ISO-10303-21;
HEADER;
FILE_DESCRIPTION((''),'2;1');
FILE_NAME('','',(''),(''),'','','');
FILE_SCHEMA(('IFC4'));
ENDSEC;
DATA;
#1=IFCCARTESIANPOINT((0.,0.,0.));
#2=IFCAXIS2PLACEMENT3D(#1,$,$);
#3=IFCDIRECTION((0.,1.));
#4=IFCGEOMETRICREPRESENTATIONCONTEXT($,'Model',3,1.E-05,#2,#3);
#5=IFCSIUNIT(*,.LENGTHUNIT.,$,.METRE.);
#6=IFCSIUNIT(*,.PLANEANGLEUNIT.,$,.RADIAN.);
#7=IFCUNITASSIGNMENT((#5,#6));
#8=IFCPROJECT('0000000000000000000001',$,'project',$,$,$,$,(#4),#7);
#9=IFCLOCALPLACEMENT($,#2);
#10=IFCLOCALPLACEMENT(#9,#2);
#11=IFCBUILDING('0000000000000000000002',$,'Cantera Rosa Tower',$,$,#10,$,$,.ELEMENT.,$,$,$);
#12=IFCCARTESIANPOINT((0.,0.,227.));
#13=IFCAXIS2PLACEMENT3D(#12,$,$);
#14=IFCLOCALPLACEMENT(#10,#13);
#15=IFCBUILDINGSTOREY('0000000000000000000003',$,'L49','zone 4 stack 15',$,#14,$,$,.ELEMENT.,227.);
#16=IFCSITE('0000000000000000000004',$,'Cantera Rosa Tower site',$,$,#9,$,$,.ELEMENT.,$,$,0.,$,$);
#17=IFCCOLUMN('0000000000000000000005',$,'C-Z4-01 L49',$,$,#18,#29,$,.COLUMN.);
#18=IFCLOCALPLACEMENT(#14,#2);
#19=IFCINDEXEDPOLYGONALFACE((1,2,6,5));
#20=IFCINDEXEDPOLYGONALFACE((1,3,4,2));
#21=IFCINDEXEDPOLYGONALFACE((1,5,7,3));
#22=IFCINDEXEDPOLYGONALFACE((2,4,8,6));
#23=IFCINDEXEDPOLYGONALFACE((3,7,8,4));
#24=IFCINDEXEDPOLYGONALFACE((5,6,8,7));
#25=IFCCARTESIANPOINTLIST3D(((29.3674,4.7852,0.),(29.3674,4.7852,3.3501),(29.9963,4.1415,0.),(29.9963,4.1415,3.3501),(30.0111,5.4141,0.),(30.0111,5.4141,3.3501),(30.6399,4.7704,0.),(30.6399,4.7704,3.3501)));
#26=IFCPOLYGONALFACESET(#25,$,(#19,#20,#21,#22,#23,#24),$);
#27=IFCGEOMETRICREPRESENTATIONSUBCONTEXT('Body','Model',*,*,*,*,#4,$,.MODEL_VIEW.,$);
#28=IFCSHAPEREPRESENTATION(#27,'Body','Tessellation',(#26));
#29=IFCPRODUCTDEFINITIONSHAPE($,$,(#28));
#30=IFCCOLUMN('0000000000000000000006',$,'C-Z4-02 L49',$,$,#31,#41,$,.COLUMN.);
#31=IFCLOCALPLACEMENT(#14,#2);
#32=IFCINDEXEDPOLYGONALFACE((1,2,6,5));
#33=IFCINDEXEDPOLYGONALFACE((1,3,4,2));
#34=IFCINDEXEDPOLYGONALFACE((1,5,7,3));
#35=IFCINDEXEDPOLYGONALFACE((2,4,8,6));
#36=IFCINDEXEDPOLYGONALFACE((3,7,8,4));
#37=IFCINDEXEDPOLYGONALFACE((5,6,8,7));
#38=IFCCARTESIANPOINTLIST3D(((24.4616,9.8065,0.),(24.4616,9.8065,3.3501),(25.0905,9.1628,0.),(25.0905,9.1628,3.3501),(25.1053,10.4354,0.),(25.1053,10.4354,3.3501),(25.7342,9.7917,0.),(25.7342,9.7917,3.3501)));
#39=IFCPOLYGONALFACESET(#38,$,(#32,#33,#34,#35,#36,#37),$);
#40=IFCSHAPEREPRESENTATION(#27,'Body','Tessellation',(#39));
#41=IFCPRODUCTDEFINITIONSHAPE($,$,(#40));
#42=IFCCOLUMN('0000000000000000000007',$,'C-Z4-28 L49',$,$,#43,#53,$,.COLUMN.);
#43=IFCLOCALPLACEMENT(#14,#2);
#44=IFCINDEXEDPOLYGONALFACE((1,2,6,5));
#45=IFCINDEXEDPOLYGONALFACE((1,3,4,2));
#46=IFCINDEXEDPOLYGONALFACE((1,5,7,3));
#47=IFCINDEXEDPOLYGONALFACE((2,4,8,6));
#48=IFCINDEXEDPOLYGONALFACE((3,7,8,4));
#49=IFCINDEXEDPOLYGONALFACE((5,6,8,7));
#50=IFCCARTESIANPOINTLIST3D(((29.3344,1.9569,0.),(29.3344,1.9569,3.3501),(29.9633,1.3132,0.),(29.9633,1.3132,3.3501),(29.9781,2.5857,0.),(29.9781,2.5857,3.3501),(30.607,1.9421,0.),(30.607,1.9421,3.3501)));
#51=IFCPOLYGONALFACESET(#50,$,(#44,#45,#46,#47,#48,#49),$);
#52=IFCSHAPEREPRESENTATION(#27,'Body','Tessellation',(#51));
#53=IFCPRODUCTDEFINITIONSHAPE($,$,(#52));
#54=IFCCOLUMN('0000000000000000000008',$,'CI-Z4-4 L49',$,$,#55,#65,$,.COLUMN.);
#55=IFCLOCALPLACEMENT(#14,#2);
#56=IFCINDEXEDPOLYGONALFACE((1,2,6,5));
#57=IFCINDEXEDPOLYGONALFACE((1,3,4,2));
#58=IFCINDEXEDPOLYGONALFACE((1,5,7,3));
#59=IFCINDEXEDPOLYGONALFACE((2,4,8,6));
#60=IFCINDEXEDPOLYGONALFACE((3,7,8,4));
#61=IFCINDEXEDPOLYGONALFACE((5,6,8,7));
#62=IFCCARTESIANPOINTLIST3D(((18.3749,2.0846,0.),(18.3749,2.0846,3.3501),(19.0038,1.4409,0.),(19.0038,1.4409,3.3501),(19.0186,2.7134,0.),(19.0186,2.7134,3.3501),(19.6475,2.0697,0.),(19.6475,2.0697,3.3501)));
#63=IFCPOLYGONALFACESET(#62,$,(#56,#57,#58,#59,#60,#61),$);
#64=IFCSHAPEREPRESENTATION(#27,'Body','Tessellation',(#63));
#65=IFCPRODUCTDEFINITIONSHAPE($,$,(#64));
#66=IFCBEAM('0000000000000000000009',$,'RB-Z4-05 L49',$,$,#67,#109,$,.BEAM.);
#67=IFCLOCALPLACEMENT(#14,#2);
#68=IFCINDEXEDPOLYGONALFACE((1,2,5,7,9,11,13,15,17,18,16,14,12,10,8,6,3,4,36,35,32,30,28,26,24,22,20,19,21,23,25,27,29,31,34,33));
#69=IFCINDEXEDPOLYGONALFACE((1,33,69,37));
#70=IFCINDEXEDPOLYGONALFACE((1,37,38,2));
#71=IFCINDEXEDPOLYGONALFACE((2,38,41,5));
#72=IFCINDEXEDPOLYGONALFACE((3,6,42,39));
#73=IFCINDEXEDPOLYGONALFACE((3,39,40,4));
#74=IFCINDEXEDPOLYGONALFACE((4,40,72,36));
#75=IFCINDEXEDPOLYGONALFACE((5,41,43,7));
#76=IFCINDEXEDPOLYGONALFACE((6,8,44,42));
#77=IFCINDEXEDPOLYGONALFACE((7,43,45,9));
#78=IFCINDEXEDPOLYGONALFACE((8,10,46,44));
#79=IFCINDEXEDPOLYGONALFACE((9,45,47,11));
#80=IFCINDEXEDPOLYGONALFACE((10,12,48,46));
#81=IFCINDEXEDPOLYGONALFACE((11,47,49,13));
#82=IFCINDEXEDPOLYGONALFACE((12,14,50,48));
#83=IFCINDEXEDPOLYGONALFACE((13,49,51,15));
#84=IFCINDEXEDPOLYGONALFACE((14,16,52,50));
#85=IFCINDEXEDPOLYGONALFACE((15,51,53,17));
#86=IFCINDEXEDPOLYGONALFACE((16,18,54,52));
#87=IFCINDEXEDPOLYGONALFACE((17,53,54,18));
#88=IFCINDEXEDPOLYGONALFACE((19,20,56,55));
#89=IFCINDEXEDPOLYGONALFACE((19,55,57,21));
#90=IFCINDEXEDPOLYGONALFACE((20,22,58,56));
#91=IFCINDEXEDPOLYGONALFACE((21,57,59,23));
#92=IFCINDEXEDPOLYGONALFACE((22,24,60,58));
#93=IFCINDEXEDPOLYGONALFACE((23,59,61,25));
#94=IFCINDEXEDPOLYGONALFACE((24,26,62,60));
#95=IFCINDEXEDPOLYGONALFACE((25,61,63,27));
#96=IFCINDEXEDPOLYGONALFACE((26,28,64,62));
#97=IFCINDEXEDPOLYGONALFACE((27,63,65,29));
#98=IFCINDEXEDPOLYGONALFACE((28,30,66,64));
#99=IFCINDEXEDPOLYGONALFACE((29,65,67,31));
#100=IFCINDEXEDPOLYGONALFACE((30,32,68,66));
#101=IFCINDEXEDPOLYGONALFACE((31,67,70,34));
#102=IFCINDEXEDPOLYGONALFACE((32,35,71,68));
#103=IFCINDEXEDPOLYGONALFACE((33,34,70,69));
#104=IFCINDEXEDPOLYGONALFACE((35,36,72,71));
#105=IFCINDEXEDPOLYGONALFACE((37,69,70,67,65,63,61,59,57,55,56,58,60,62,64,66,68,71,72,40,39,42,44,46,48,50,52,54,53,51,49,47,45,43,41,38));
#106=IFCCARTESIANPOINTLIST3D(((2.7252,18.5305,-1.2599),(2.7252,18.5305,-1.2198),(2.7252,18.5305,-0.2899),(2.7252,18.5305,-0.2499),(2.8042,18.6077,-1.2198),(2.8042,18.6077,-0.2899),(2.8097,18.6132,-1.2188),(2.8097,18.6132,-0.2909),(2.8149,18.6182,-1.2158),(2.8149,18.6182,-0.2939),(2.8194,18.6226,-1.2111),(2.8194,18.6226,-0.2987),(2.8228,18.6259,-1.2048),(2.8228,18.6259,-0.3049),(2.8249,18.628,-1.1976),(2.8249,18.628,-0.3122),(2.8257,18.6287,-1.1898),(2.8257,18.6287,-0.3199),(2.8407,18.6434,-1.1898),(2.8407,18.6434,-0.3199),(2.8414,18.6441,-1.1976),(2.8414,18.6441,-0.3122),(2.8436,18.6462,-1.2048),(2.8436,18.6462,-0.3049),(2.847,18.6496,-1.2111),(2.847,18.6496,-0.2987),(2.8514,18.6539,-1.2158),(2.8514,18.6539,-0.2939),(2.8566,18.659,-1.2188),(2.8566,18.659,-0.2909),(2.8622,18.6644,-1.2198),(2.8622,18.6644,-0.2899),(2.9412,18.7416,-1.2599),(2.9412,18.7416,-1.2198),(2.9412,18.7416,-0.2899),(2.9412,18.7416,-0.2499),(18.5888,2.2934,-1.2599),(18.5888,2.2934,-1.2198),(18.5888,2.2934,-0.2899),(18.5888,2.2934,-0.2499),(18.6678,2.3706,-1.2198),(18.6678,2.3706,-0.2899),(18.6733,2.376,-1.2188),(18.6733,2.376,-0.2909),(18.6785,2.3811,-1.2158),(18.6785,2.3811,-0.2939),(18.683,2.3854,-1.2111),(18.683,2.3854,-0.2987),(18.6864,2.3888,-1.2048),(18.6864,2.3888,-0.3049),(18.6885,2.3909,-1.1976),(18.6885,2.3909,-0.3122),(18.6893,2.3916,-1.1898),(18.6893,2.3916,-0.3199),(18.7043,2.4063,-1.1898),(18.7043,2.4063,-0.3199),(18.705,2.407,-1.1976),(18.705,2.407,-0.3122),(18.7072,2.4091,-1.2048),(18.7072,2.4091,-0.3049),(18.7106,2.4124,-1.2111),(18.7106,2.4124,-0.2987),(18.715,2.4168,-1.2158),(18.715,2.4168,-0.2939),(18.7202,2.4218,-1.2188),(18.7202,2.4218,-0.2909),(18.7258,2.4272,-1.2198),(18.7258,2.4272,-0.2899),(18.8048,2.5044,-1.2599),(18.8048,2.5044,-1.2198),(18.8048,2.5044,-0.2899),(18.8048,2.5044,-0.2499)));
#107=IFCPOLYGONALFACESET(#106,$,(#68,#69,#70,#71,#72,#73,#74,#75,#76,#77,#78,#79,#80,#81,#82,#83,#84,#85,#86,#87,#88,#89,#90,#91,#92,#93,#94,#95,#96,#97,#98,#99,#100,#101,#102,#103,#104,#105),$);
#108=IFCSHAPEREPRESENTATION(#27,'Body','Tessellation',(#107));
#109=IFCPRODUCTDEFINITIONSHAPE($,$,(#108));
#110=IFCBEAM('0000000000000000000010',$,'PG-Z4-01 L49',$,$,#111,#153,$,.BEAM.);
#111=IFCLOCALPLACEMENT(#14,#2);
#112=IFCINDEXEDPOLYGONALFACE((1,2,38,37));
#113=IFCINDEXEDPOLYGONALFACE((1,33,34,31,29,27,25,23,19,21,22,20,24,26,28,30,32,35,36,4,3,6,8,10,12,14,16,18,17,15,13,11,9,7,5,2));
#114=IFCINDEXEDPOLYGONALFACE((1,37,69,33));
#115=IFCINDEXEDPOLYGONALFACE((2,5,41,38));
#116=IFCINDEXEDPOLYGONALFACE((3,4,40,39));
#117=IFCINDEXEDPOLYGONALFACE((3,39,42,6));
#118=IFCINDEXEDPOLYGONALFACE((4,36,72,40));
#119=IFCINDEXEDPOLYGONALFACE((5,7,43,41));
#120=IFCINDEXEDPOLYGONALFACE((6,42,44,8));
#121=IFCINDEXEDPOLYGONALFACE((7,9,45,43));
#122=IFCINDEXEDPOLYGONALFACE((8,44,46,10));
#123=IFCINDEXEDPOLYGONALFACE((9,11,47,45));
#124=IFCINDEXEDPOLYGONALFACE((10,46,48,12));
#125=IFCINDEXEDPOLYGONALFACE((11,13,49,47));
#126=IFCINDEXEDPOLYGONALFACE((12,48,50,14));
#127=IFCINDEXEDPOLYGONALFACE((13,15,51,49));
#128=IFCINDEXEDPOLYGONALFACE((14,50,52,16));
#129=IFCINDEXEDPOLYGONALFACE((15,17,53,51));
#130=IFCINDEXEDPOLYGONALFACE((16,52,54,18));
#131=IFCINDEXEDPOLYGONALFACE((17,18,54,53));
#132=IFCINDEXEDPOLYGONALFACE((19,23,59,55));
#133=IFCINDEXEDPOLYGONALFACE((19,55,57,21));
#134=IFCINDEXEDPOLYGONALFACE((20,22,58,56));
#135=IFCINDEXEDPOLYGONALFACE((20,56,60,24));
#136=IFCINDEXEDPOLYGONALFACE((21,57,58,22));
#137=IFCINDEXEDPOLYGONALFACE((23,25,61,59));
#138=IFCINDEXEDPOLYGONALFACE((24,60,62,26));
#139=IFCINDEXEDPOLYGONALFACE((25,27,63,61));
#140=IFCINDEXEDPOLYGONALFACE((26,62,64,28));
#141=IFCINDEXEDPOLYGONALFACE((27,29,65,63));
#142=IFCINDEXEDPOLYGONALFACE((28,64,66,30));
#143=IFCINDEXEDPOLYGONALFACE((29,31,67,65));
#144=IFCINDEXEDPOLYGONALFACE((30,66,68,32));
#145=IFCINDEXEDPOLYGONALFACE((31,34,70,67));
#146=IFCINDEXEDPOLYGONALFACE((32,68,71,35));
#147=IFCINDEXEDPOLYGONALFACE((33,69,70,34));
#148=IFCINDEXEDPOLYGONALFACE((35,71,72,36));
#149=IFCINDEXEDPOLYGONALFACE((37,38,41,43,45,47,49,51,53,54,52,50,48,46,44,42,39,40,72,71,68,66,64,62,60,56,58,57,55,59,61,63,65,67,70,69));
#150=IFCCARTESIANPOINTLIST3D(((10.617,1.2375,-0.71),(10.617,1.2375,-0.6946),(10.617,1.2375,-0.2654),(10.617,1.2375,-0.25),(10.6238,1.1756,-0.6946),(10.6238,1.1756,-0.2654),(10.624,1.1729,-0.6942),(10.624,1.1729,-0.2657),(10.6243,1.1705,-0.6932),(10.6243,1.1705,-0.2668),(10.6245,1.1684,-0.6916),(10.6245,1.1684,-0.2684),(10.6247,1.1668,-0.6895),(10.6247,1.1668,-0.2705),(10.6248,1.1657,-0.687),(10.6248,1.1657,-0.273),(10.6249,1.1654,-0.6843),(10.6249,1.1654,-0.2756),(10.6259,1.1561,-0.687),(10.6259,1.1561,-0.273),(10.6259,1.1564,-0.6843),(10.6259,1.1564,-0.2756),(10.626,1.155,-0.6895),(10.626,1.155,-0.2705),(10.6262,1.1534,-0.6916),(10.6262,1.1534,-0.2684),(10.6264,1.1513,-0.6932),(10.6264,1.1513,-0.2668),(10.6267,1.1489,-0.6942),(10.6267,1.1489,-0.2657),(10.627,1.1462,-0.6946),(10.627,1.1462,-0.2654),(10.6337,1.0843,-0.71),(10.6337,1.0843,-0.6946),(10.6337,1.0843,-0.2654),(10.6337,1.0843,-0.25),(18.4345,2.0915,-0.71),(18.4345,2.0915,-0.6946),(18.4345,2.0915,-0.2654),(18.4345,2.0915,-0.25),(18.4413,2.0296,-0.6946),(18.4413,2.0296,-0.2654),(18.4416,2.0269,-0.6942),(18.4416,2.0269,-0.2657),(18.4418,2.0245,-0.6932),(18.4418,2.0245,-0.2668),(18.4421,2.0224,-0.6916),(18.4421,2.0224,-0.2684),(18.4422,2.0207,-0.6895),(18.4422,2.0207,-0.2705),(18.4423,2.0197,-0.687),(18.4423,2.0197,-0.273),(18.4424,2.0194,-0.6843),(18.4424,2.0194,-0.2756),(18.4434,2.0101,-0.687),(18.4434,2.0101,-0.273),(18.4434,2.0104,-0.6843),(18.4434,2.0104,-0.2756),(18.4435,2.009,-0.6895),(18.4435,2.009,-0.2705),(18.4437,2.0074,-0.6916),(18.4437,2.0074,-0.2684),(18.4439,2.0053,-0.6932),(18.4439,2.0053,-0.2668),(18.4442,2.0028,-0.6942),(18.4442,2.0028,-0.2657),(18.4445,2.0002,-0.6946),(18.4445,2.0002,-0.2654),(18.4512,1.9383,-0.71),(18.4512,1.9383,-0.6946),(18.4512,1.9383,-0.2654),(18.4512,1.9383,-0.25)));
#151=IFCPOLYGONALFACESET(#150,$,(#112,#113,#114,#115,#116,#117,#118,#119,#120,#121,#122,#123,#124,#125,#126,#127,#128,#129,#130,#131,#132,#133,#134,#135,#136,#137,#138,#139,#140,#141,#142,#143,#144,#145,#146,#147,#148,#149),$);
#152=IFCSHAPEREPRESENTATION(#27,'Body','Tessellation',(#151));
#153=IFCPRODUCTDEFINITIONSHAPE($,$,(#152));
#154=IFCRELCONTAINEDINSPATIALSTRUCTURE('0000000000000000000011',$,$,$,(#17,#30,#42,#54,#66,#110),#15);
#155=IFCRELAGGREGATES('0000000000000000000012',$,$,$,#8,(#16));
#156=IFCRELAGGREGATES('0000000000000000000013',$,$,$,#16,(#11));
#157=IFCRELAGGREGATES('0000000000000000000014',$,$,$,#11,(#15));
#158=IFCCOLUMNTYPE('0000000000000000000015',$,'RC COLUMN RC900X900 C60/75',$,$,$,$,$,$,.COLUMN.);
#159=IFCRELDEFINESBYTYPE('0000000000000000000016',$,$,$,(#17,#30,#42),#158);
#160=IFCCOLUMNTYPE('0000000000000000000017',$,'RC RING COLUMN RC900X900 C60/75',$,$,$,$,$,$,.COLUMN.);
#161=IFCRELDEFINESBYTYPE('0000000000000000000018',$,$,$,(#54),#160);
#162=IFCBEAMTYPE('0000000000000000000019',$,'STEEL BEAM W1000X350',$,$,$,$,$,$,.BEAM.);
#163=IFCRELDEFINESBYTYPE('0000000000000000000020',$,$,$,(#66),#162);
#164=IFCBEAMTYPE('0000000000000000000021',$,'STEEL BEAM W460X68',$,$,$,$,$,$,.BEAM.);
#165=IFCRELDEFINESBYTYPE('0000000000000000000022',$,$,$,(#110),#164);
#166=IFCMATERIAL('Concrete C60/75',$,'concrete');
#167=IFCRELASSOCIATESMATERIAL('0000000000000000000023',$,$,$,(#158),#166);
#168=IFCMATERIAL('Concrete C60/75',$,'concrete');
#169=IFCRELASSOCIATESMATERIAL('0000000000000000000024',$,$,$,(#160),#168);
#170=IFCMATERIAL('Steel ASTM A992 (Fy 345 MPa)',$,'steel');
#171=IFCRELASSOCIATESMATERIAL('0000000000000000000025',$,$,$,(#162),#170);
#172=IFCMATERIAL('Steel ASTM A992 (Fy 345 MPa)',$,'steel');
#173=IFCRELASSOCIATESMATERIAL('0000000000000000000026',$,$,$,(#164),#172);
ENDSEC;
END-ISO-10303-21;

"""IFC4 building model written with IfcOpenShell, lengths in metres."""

from ifc_helpers import new_model, si_unit, direction, frame, origin, origin_2d, place, context, subcontext, project, spatial, rectangle, i_section, extrude, material, material_profile, profile_set, type_object, element, save


model = new_model("IFC4")

# Units and contexts
model_context = context("Model", 3, precision=1e-05, world=origin(), true_north=direction((0.0, 1.0)))
body_context = subcontext(model_context, "Body", "Model", "MODEL_VIEW")
ifc_project = project(units=[si_unit("LENGTHUNIT", "METRE"), si_unit("PLANEANGLEUNIT", "RADIAN")], contexts=[model_context])

# Site, building, storey
site_placement = place(None, origin())
site = spatial("IfcSite", under=ifc_project, at=site_placement, Name="Cantera Rosa Tower site", CompositionType="ELEMENT", RefElevation=0.0)
building_placement = place(site_placement, origin())
building = spatial("IfcBuilding", under=site, at=building_placement, Name="Cantera Rosa Tower", CompositionType="ELEMENT")
storey_placement = place(building_placement, frame((0.0, 0.0, 227.0)))
storey = spatial("IfcBuildingStorey", under=building, at=storey_placement, Name="L49", Description="zone 4 stack 15", CompositionType="ELEMENT", Elevation=227.0)

# Columns
ifc_material_1 = material(Name="Concrete C60/75", Category="concrete")
ifc_material_profile_1 = material_profile(ifc_material_1, rectangle(XDim=0.8999, YDim=0.8999, at=origin_2d()), Name="RC COLUMN RC900X900 C60/75")
ifc_profile_set_1 = profile_set([ifc_material_profile_1], Name="Concrete C60/75")
column_type_1 = type_object("IfcColumnType", Name="RC COLUMN RC900X900 C60/75", PredefinedType="COLUMN", material=ifc_profile_set_1)
for number, where, z_axis, x_axis, name in (
    (1, (30.0037, 4.7778, 0.0), (0.0, 0.0, 1.0), (0.715286, 0.698832, 0.0), "C-Z4-01 L49"),
    (2, (25.0979, 9.7991, 0.0), (0.0, 0.0, 1.0), (0.715286, 0.698832, 0.0), "C-Z4-02 L49"),
    (3, (29.9707, 1.9495, 0.0), (0.0, 0.0, 1.0), (0.715286, 0.698832, 0.0), "C-Z4-28 L49"),
):
    element("IfcColumn", number, at=place(storey_placement, frame(where, z_axis=z_axis, x_axis=x_axis)), inside=storey, type_object=column_type_1, Name=name, PredefinedType="COLUMN", context=body_context, shape_type="SweptSolid", body=[
        extrude(rectangle(XDim=0.8999, YDim=0.8999, at=origin_2d()), origin(), (0.0, 0.0, 1.0), 3.3501),
    ])
ifc_material_2 = material(Name="Concrete C60/75", Category="concrete")
ifc_material_profile_2 = material_profile(ifc_material_2, rectangle(XDim=0.8999, YDim=0.8999, at=origin_2d()), Name="RC RING COLUMN RC900X900 C60/75")
ifc_profile_set_2 = profile_set([ifc_material_profile_2], Name="Concrete C60/75")
column_type_2 = type_object("IfcColumnType", Name="RC RING COLUMN RC900X900 C60/75", PredefinedType="COLUMN", material=ifc_profile_set_2)
column_placement = place(storey_placement, frame((19.0112, 2.0771, 0.0), z_axis=(0.0, 0.0, 1.0), x_axis=(0.715286, 0.698832, 0.0)))
element("IfcColumn", 4, at=column_placement, inside=storey, type_object=column_type_2, Name="CI-Z4-4 L49", PredefinedType="COLUMN", context=body_context, shape_type="SweptSolid", body=[
    extrude(rectangle(XDim=0.8999, YDim=0.8999, at=origin_2d()), origin(), (0.0, 0.0, 1.0), 3.3501),
])

# Beams
ifc_material_3 = material(Name="Steel ASTM A992 (Fy 345 MPa)", Category="steel")
ifc_material_profile_3 = material_profile(ifc_material_3, i_section(OverallWidth=0.302, OverallDepth=1.01, WebThickness=0.021, FlangeThickness=0.04, FilletRadius=0.03, at=origin_2d()), Name="W1000X350")
ifc_profile_set_3 = profile_set([ifc_material_profile_3], Name="Steel ASTM A992 (Fy 345 MPa)")
beam_type_1 = type_object("IfcBeamType", Name="STEEL BEAM W1000X350", PredefinedType="BEAM", material=ifc_profile_set_3)
beam_1_placement = place(storey_placement, frame((18.6968, 2.3989, -0.7549), z_axis=(-0.698831, 0.715287, 0.0), x_axis=(-0.715287, -0.698831, 0.0)))
element("IfcBeam", 5, at=beam_1_placement, inside=storey, type_object=beam_type_1, Name="RB-Z4-05 L49", PredefinedType="BEAM", context=body_context, shape_type="SweptSolid", body=[
    extrude(i_section(OverallWidth=0.302, OverallDepth=1.01, WebThickness=0.021, FlangeThickness=0.04, FilletRadius=0.03, at=origin_2d()), origin(), (0.0, 0.0, 1.0), 22.7002),
])
ifc_material_4 = material(Name="Steel ASTM A992 (Fy 345 MPa)", Category="steel")
ifc_material_profile_4 = material_profile(ifc_material_4, i_section(OverallWidth=0.1541, OverallDepth=0.46, WebThickness=0.009, FlangeThickness=0.0154, FilletRadius=0.0103, at=origin_2d()), Name="W460X68")
ifc_profile_set_4 = profile_set([ifc_material_profile_4], Name="Steel ASTM A992 (Fy 345 MPa)")
beam_type_2 = type_object("IfcBeamType", Name="STEEL BEAM W460X68", PredefinedType="BEAM", material=ifc_profile_set_4)
beam_2_placement = place(storey_placement, frame((18.4429, 2.0149, -0.48), z_axis=(-0.994086, -0.108595, 0.0), x_axis=(0.108595, -0.994086, 0.0)))
element("IfcBeam", 6, at=beam_2_placement, inside=storey, type_object=beam_type_2, Name="PG-Z4-01 L49", PredefinedType="BEAM", context=body_context, shape_type="SweptSolid", body=[
    extrude(i_section(OverallWidth=0.1541, OverallDepth=0.46, WebThickness=0.009, FlangeThickness=0.0154, FilletRadius=0.0103, at=origin_2d()), origin(), (0.0, 0.0, 1.0), 7.864),
])

save(model, "model.ifc")
